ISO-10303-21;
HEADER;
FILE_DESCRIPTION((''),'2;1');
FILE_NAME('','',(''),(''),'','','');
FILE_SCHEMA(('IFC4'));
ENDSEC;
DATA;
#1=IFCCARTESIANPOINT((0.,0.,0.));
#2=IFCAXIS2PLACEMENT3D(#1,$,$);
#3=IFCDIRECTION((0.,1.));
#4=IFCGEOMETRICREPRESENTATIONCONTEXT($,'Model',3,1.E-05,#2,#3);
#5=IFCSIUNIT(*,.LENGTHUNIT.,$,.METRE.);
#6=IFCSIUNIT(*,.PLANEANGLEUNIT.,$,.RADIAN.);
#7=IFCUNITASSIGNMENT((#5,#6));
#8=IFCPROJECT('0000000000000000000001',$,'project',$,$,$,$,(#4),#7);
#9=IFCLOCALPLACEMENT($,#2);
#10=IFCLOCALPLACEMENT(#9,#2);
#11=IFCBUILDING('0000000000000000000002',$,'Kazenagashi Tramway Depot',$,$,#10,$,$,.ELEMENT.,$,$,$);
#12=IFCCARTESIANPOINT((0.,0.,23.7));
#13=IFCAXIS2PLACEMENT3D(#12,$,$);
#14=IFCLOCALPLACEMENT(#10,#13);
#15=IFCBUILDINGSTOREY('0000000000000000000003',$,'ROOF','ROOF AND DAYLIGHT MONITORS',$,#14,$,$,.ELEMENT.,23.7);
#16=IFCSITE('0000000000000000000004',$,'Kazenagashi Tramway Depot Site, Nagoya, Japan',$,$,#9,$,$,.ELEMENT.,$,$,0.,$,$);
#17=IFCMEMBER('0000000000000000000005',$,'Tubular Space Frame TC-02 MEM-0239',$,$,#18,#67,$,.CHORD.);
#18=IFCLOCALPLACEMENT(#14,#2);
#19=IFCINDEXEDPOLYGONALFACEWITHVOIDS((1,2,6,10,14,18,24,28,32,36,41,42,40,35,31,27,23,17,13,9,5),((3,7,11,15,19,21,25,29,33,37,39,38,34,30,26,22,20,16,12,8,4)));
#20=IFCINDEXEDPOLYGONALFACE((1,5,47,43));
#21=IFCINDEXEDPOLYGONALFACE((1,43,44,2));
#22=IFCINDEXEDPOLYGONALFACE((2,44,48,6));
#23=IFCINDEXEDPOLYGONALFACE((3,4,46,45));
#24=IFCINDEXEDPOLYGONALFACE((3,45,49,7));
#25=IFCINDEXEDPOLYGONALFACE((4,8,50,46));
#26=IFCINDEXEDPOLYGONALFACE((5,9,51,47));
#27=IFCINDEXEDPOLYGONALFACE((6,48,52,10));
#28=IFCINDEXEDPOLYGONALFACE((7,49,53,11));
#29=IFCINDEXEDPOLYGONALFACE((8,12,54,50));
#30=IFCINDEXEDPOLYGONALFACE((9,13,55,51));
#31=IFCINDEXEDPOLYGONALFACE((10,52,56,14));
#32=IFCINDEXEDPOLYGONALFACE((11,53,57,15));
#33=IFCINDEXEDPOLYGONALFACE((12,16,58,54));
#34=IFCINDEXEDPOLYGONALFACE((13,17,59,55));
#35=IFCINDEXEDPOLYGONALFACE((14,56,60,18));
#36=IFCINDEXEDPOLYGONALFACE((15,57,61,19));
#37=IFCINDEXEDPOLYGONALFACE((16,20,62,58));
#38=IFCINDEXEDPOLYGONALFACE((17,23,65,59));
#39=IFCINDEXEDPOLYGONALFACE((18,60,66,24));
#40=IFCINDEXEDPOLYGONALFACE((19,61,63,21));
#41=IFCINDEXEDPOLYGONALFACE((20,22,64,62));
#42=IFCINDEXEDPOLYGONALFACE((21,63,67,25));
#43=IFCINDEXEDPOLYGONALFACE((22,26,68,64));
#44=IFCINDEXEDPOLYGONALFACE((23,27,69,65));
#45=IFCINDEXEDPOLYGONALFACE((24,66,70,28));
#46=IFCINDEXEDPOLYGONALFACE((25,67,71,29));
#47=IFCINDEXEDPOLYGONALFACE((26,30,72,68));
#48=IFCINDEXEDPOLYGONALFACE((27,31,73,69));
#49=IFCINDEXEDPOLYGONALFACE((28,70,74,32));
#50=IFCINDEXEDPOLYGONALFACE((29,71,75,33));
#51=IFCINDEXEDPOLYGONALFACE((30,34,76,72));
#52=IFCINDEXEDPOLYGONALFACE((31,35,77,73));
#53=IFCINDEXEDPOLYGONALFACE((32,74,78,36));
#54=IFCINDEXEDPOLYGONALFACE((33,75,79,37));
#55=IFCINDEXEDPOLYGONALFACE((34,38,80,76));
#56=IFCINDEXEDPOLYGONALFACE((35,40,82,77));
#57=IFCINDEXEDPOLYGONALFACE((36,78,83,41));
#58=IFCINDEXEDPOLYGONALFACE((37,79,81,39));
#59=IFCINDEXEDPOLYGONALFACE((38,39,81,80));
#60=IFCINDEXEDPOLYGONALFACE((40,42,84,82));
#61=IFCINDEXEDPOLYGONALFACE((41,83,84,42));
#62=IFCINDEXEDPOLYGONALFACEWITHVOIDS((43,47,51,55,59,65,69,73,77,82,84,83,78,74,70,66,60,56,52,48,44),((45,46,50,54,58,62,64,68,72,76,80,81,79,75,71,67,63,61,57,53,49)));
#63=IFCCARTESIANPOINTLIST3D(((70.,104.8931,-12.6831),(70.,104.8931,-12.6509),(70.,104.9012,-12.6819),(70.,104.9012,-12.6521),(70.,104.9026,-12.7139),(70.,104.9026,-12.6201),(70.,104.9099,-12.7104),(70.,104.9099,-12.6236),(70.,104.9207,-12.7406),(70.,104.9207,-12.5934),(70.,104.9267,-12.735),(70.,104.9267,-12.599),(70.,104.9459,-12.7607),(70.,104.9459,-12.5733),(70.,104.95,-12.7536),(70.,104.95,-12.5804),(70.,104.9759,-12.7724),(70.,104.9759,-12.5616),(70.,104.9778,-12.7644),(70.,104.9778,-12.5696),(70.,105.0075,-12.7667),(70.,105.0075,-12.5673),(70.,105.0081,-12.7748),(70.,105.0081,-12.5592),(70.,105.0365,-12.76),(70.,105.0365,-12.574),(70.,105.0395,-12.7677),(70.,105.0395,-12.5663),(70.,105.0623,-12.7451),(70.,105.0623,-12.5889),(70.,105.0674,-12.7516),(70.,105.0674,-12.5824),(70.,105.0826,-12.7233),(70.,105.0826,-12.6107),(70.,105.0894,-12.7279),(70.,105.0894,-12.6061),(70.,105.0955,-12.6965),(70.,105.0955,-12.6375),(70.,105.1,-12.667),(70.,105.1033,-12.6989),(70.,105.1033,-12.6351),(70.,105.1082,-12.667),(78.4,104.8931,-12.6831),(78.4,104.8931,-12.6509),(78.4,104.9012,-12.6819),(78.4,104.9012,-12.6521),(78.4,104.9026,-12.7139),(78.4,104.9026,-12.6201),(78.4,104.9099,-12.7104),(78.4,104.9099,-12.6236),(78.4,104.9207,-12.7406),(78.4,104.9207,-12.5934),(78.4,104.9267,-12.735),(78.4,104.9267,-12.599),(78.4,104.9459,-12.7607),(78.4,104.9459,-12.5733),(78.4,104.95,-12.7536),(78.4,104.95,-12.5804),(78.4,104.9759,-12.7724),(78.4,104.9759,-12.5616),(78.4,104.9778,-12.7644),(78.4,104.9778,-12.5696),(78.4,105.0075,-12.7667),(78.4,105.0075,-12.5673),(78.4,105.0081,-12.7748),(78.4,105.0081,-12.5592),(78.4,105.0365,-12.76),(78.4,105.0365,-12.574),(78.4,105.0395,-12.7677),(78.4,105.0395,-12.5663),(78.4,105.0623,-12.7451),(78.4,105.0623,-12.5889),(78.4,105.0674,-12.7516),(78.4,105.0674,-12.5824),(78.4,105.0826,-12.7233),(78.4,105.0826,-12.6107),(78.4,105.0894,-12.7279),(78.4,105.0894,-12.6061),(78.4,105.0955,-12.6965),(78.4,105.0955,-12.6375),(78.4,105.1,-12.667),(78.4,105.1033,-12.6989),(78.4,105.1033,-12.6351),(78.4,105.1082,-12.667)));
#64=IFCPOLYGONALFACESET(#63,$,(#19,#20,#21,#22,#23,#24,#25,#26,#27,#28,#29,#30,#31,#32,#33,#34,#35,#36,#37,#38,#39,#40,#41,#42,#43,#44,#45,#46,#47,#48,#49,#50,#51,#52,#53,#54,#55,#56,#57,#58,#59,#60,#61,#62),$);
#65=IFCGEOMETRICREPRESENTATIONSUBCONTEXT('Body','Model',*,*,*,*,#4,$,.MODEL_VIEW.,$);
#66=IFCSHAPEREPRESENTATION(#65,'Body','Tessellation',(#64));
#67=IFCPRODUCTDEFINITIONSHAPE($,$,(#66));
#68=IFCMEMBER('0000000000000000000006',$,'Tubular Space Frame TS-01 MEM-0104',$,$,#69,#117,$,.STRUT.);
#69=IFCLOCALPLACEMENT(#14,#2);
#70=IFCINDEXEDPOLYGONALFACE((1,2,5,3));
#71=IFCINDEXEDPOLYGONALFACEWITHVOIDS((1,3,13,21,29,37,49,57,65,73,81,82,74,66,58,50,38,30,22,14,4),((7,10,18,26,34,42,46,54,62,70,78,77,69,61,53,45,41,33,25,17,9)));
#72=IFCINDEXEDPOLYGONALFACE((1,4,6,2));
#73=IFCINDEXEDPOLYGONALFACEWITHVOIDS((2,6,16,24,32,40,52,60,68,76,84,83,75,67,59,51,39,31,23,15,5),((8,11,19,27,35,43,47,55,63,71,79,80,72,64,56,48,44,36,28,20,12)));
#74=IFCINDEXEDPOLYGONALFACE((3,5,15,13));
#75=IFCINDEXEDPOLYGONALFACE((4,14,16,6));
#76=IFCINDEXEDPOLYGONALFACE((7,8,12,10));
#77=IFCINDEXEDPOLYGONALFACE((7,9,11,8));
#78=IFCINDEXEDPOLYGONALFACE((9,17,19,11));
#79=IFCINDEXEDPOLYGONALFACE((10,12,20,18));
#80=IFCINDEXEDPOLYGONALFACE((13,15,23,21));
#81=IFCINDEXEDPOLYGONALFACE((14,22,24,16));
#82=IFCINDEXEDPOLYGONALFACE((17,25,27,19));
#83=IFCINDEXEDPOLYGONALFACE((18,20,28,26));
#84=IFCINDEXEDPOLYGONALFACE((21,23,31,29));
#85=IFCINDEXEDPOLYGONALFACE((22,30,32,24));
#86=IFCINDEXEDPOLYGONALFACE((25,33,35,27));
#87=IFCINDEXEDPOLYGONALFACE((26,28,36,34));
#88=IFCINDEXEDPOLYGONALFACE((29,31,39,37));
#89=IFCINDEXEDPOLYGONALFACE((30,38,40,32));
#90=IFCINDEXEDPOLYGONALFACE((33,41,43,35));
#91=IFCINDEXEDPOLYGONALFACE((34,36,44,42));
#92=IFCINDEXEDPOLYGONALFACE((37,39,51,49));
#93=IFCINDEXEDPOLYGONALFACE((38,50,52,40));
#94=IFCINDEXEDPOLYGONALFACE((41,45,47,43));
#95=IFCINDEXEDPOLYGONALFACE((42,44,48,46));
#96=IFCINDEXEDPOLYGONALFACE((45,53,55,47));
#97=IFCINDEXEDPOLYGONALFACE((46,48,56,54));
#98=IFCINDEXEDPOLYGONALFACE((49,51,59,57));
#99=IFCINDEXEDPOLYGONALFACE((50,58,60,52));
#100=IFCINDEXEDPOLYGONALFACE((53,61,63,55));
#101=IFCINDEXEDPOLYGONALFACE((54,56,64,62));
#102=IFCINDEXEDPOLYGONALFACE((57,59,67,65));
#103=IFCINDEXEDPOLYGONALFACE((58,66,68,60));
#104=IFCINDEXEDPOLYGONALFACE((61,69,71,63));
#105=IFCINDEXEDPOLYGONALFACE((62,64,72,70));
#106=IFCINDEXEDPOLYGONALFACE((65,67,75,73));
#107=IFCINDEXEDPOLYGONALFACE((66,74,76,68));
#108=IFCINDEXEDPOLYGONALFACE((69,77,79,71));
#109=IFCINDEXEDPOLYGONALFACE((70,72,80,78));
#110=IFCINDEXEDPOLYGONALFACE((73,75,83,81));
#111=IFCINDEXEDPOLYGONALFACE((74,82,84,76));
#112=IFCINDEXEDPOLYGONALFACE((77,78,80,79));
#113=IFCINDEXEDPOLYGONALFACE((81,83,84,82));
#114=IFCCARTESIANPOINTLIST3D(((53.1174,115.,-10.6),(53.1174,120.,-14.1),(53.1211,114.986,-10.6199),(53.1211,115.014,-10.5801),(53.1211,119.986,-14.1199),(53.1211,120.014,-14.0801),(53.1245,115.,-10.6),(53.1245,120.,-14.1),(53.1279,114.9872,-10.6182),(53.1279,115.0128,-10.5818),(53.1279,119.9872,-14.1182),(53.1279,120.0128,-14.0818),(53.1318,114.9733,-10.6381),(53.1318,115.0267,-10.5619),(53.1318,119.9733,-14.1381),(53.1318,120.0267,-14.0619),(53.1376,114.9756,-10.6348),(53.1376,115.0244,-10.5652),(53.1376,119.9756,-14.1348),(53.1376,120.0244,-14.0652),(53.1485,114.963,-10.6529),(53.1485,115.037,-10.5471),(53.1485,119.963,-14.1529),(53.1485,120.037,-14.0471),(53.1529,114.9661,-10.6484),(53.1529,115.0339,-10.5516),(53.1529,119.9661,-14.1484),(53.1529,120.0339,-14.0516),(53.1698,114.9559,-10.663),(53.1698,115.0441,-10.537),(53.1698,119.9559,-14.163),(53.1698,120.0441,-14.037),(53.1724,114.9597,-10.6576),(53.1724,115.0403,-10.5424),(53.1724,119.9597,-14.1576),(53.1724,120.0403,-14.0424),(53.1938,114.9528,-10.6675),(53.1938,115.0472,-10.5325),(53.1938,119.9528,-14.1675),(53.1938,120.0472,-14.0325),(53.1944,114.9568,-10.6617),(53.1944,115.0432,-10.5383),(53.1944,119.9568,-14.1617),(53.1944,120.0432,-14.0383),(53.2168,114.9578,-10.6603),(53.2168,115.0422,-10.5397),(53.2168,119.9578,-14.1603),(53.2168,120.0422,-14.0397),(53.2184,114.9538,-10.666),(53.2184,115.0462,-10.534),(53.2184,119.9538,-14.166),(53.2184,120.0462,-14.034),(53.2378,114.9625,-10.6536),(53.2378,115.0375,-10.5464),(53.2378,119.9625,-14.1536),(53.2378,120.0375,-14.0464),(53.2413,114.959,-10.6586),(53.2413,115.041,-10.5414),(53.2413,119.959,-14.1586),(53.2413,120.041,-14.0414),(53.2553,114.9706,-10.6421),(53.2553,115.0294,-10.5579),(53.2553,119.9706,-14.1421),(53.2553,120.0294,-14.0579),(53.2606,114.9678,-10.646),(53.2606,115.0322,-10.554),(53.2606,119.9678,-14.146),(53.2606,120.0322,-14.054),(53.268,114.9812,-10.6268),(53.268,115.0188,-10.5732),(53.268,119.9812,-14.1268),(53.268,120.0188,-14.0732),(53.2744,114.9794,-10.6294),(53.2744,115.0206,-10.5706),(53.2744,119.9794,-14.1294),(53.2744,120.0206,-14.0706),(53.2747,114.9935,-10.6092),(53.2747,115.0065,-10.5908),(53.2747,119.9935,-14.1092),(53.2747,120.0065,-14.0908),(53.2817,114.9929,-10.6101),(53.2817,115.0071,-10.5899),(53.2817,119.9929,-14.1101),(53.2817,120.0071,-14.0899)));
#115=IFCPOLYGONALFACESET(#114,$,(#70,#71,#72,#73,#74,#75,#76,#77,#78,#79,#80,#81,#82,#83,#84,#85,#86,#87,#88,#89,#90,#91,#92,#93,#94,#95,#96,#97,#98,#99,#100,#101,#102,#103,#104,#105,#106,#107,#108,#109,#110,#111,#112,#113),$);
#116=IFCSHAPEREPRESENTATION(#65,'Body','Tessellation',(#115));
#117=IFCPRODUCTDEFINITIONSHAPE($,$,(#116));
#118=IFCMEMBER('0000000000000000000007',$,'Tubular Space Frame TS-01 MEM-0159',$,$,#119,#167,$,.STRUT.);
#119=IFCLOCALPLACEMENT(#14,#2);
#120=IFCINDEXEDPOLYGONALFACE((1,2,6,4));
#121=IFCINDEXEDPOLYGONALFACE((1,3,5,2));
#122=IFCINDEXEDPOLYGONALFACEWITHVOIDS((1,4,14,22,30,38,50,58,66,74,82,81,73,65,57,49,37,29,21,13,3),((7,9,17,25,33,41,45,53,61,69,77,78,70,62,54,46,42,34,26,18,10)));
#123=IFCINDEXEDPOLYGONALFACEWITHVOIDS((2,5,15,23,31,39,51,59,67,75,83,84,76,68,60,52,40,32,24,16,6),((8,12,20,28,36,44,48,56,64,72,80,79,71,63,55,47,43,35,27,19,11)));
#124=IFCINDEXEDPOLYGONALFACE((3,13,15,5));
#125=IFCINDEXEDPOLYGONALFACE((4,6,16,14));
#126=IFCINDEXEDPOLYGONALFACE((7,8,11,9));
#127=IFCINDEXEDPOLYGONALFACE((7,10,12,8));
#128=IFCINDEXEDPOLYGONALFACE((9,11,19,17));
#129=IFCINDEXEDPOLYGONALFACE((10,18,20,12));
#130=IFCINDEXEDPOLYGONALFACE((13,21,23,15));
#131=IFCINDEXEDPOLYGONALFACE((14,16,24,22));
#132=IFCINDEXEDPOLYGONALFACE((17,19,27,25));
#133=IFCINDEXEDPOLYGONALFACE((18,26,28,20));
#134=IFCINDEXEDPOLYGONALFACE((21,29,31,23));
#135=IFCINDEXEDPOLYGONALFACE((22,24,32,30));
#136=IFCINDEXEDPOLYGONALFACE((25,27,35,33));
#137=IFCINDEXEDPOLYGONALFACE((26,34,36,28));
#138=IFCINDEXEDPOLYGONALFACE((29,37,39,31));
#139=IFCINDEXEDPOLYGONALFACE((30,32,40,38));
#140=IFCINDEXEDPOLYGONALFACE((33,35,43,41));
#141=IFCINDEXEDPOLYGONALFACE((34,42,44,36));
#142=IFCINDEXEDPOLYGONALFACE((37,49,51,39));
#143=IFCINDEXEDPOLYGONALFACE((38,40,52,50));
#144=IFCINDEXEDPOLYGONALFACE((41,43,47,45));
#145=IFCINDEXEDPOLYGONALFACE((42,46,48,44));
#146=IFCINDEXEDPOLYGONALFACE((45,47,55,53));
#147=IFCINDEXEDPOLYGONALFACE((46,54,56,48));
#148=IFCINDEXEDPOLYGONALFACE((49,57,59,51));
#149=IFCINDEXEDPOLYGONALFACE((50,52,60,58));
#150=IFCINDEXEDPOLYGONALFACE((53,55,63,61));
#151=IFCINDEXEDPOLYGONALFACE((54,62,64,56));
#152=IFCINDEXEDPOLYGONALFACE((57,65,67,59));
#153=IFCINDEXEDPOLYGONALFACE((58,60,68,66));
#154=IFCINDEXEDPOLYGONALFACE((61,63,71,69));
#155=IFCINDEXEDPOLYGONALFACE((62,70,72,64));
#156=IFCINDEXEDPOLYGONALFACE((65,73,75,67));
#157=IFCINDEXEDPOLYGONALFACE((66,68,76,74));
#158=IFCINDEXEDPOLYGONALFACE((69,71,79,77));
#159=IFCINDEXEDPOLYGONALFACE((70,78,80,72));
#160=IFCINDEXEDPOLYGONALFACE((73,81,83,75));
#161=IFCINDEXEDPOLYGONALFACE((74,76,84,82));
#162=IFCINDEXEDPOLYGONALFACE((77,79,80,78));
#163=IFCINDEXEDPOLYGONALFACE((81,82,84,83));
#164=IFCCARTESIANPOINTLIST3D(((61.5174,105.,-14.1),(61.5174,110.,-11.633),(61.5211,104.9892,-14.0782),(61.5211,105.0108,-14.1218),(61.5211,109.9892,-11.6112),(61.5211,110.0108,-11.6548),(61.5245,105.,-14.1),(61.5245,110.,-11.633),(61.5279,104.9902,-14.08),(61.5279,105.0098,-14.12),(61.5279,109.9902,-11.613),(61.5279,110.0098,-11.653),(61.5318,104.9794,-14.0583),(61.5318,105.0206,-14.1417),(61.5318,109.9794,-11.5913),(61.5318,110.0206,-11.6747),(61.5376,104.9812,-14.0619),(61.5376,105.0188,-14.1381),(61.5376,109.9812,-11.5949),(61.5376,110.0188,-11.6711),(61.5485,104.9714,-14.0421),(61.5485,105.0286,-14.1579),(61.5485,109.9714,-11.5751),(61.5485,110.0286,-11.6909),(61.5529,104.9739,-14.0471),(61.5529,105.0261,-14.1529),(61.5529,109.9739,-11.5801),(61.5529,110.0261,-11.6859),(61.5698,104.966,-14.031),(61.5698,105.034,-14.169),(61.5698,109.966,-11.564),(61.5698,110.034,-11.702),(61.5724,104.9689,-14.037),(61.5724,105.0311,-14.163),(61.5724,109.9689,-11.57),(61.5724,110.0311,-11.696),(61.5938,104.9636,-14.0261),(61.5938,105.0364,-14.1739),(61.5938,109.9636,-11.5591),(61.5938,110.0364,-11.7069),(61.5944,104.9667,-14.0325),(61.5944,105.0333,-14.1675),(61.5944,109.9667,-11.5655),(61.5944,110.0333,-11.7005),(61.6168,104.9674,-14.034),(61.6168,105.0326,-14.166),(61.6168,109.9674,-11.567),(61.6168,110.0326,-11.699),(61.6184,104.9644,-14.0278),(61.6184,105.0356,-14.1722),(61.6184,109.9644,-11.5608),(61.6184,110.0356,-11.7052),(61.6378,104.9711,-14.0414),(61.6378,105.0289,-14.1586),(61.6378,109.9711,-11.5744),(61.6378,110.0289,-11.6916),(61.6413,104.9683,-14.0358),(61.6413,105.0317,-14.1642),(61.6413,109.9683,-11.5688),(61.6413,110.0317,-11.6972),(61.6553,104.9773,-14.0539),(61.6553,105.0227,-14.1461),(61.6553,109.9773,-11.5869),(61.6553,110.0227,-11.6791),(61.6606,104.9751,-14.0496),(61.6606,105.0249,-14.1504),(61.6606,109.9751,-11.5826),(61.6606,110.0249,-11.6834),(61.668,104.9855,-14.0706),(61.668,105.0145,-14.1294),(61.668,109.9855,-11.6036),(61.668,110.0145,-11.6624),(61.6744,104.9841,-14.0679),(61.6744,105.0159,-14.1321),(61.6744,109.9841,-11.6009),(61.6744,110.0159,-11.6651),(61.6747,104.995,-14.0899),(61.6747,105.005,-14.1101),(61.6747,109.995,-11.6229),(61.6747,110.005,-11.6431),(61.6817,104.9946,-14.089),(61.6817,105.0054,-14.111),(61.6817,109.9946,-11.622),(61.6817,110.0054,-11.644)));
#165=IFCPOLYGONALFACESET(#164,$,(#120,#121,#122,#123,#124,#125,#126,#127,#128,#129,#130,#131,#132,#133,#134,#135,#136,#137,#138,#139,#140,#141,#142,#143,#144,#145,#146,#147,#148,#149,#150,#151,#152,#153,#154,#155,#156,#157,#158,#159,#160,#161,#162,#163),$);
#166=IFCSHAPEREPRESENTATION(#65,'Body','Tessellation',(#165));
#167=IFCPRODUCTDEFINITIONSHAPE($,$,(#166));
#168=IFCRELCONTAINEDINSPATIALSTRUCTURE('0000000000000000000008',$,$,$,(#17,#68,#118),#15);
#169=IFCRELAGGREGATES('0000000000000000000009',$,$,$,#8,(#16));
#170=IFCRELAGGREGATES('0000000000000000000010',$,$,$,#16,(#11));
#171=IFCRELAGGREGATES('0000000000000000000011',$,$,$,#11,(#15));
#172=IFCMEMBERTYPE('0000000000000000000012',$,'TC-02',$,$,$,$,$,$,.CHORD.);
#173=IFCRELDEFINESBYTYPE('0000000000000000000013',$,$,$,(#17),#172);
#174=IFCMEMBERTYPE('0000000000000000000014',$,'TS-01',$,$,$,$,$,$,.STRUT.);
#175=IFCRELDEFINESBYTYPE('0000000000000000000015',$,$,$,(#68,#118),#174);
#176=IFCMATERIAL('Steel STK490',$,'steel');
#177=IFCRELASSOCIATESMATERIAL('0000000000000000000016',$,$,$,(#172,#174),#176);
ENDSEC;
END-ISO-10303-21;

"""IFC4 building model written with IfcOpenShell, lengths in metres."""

from ifc_helpers import new_model, si_unit, direction, frame, origin, origin_2d, place, context, subcontext, project, spatial, hollow_circle, extrude, material, material_profile, profile_set, type_object, element, save


model = new_model("IFC4")

# Units and contexts
model_context = context("Model", 3, precision=1e-05, world=origin(), true_north=direction((0.0, 1.0)))
body_context = subcontext(model_context, "Body", "Model", "MODEL_VIEW")
ifc_project = project(units=[si_unit("LENGTHUNIT", "METRE"), si_unit("PLANEANGLEUNIT", "RADIAN")], contexts=[model_context])

# Site, building, storey
site_placement = place(None, origin())
site = spatial("IfcSite", under=ifc_project, at=site_placement, Name="Kazenagashi Tramway Depot Site, Nagoya, Japan", CompositionType="ELEMENT", RefElevation=0.0)
building_placement = place(site_placement, origin())
building = spatial("IfcBuilding", under=site, at=building_placement, Name="Kazenagashi Tramway Depot", CompositionType="ELEMENT")
storey_placement = place(building_placement, frame((0.0, 0.0, 23.7)))
storey = spatial("IfcBuildingStorey", under=building, at=storey_placement, Name="ROOF", Description="ROOF AND DAYLIGHT MONITORS", CompositionType="ELEMENT", Elevation=23.7)

# Members
ifc_material_1 = material(Name="Steel STK490", Category="steel")
ifc_material_profile_1 = material_profile(ifc_material_1, hollow_circle(Radius=0.1081, WallThickness=0.0082, at=origin_2d()), Name="CHS-216.3x8.2")
ifc_profile_set_1 = profile_set([ifc_material_profile_1], Name="Steel STK490")
member_type_1 = type_object("IfcMemberType", Name="TC-02", PredefinedType="CHORD", material=ifc_profile_set_1)
member_1_placement = place(storey_placement, frame((70.0, 105.0, -12.667), z_axis=(1.0, 0.0, 0.0), x_axis=(0.0, 1.0, 0.0)))
element("IfcMember", 1, at=member_1_placement, inside=storey, type_object=member_type_1, Name="Tubular Space Frame TC-02 MEM-0239", PredefinedType="CHORD", context=body_context, shape_type="SweptSolid", body=[
    extrude(hollow_circle(Radius=0.1081, WallThickness=0.0082, at=origin_2d()), origin(), (0.0, 0.0, 1.0), 8.4),
])
ifc_material_profile_2 = material_profile(ifc_material_1, hollow_circle(Radius=0.0826, WallThickness=0.0071, at=origin_2d()), Name="CHS-165.2x7.1")
ifc_profile_set_2 = profile_set([ifc_material_profile_2], Name="Steel STK490")
member_type_2 = type_object("IfcMemberType", Name="TS-01", PredefinedType="STRUT", material=ifc_profile_set_2)
member_2_placement = place(storey_placement, frame((53.2, 115.0, -10.6), z_axis=(0.0, 0.819232, -0.573462), x_axis=(-1.0, 0.0, 0.0)))
element("IfcMember", 2, at=member_2_placement, inside=storey, type_object=member_type_2, Name="Tubular Space Frame TS-01 MEM-0104", PredefinedType="STRUT", context=body_context, shape_type="SweptSolid", body=[
    extrude(hollow_circle(Radius=0.0826, WallThickness=0.0071, at=origin_2d()), origin(), (0.0, 0.0, 1.0), 6.1033),
])
member_3_placement = place(storey_placement, frame((61.6, 105.0, -14.1), z_axis=(0.0, 0.896782, 0.442472), x_axis=(-1.0, 0.0, 0.0)))
element("IfcMember", 3, at=member_3_placement, inside=storey, type_object=member_type_2, Name="Tubular Space Frame TS-01 MEM-0159", PredefinedType="STRUT", context=body_context, shape_type="SweptSolid", body=[
    extrude(hollow_circle(Radius=0.0826, WallThickness=0.0071, at=origin_2d()), origin(), (0.0, 0.0, 1.0), 5.5755),
])

save(model, "model.ifc")
